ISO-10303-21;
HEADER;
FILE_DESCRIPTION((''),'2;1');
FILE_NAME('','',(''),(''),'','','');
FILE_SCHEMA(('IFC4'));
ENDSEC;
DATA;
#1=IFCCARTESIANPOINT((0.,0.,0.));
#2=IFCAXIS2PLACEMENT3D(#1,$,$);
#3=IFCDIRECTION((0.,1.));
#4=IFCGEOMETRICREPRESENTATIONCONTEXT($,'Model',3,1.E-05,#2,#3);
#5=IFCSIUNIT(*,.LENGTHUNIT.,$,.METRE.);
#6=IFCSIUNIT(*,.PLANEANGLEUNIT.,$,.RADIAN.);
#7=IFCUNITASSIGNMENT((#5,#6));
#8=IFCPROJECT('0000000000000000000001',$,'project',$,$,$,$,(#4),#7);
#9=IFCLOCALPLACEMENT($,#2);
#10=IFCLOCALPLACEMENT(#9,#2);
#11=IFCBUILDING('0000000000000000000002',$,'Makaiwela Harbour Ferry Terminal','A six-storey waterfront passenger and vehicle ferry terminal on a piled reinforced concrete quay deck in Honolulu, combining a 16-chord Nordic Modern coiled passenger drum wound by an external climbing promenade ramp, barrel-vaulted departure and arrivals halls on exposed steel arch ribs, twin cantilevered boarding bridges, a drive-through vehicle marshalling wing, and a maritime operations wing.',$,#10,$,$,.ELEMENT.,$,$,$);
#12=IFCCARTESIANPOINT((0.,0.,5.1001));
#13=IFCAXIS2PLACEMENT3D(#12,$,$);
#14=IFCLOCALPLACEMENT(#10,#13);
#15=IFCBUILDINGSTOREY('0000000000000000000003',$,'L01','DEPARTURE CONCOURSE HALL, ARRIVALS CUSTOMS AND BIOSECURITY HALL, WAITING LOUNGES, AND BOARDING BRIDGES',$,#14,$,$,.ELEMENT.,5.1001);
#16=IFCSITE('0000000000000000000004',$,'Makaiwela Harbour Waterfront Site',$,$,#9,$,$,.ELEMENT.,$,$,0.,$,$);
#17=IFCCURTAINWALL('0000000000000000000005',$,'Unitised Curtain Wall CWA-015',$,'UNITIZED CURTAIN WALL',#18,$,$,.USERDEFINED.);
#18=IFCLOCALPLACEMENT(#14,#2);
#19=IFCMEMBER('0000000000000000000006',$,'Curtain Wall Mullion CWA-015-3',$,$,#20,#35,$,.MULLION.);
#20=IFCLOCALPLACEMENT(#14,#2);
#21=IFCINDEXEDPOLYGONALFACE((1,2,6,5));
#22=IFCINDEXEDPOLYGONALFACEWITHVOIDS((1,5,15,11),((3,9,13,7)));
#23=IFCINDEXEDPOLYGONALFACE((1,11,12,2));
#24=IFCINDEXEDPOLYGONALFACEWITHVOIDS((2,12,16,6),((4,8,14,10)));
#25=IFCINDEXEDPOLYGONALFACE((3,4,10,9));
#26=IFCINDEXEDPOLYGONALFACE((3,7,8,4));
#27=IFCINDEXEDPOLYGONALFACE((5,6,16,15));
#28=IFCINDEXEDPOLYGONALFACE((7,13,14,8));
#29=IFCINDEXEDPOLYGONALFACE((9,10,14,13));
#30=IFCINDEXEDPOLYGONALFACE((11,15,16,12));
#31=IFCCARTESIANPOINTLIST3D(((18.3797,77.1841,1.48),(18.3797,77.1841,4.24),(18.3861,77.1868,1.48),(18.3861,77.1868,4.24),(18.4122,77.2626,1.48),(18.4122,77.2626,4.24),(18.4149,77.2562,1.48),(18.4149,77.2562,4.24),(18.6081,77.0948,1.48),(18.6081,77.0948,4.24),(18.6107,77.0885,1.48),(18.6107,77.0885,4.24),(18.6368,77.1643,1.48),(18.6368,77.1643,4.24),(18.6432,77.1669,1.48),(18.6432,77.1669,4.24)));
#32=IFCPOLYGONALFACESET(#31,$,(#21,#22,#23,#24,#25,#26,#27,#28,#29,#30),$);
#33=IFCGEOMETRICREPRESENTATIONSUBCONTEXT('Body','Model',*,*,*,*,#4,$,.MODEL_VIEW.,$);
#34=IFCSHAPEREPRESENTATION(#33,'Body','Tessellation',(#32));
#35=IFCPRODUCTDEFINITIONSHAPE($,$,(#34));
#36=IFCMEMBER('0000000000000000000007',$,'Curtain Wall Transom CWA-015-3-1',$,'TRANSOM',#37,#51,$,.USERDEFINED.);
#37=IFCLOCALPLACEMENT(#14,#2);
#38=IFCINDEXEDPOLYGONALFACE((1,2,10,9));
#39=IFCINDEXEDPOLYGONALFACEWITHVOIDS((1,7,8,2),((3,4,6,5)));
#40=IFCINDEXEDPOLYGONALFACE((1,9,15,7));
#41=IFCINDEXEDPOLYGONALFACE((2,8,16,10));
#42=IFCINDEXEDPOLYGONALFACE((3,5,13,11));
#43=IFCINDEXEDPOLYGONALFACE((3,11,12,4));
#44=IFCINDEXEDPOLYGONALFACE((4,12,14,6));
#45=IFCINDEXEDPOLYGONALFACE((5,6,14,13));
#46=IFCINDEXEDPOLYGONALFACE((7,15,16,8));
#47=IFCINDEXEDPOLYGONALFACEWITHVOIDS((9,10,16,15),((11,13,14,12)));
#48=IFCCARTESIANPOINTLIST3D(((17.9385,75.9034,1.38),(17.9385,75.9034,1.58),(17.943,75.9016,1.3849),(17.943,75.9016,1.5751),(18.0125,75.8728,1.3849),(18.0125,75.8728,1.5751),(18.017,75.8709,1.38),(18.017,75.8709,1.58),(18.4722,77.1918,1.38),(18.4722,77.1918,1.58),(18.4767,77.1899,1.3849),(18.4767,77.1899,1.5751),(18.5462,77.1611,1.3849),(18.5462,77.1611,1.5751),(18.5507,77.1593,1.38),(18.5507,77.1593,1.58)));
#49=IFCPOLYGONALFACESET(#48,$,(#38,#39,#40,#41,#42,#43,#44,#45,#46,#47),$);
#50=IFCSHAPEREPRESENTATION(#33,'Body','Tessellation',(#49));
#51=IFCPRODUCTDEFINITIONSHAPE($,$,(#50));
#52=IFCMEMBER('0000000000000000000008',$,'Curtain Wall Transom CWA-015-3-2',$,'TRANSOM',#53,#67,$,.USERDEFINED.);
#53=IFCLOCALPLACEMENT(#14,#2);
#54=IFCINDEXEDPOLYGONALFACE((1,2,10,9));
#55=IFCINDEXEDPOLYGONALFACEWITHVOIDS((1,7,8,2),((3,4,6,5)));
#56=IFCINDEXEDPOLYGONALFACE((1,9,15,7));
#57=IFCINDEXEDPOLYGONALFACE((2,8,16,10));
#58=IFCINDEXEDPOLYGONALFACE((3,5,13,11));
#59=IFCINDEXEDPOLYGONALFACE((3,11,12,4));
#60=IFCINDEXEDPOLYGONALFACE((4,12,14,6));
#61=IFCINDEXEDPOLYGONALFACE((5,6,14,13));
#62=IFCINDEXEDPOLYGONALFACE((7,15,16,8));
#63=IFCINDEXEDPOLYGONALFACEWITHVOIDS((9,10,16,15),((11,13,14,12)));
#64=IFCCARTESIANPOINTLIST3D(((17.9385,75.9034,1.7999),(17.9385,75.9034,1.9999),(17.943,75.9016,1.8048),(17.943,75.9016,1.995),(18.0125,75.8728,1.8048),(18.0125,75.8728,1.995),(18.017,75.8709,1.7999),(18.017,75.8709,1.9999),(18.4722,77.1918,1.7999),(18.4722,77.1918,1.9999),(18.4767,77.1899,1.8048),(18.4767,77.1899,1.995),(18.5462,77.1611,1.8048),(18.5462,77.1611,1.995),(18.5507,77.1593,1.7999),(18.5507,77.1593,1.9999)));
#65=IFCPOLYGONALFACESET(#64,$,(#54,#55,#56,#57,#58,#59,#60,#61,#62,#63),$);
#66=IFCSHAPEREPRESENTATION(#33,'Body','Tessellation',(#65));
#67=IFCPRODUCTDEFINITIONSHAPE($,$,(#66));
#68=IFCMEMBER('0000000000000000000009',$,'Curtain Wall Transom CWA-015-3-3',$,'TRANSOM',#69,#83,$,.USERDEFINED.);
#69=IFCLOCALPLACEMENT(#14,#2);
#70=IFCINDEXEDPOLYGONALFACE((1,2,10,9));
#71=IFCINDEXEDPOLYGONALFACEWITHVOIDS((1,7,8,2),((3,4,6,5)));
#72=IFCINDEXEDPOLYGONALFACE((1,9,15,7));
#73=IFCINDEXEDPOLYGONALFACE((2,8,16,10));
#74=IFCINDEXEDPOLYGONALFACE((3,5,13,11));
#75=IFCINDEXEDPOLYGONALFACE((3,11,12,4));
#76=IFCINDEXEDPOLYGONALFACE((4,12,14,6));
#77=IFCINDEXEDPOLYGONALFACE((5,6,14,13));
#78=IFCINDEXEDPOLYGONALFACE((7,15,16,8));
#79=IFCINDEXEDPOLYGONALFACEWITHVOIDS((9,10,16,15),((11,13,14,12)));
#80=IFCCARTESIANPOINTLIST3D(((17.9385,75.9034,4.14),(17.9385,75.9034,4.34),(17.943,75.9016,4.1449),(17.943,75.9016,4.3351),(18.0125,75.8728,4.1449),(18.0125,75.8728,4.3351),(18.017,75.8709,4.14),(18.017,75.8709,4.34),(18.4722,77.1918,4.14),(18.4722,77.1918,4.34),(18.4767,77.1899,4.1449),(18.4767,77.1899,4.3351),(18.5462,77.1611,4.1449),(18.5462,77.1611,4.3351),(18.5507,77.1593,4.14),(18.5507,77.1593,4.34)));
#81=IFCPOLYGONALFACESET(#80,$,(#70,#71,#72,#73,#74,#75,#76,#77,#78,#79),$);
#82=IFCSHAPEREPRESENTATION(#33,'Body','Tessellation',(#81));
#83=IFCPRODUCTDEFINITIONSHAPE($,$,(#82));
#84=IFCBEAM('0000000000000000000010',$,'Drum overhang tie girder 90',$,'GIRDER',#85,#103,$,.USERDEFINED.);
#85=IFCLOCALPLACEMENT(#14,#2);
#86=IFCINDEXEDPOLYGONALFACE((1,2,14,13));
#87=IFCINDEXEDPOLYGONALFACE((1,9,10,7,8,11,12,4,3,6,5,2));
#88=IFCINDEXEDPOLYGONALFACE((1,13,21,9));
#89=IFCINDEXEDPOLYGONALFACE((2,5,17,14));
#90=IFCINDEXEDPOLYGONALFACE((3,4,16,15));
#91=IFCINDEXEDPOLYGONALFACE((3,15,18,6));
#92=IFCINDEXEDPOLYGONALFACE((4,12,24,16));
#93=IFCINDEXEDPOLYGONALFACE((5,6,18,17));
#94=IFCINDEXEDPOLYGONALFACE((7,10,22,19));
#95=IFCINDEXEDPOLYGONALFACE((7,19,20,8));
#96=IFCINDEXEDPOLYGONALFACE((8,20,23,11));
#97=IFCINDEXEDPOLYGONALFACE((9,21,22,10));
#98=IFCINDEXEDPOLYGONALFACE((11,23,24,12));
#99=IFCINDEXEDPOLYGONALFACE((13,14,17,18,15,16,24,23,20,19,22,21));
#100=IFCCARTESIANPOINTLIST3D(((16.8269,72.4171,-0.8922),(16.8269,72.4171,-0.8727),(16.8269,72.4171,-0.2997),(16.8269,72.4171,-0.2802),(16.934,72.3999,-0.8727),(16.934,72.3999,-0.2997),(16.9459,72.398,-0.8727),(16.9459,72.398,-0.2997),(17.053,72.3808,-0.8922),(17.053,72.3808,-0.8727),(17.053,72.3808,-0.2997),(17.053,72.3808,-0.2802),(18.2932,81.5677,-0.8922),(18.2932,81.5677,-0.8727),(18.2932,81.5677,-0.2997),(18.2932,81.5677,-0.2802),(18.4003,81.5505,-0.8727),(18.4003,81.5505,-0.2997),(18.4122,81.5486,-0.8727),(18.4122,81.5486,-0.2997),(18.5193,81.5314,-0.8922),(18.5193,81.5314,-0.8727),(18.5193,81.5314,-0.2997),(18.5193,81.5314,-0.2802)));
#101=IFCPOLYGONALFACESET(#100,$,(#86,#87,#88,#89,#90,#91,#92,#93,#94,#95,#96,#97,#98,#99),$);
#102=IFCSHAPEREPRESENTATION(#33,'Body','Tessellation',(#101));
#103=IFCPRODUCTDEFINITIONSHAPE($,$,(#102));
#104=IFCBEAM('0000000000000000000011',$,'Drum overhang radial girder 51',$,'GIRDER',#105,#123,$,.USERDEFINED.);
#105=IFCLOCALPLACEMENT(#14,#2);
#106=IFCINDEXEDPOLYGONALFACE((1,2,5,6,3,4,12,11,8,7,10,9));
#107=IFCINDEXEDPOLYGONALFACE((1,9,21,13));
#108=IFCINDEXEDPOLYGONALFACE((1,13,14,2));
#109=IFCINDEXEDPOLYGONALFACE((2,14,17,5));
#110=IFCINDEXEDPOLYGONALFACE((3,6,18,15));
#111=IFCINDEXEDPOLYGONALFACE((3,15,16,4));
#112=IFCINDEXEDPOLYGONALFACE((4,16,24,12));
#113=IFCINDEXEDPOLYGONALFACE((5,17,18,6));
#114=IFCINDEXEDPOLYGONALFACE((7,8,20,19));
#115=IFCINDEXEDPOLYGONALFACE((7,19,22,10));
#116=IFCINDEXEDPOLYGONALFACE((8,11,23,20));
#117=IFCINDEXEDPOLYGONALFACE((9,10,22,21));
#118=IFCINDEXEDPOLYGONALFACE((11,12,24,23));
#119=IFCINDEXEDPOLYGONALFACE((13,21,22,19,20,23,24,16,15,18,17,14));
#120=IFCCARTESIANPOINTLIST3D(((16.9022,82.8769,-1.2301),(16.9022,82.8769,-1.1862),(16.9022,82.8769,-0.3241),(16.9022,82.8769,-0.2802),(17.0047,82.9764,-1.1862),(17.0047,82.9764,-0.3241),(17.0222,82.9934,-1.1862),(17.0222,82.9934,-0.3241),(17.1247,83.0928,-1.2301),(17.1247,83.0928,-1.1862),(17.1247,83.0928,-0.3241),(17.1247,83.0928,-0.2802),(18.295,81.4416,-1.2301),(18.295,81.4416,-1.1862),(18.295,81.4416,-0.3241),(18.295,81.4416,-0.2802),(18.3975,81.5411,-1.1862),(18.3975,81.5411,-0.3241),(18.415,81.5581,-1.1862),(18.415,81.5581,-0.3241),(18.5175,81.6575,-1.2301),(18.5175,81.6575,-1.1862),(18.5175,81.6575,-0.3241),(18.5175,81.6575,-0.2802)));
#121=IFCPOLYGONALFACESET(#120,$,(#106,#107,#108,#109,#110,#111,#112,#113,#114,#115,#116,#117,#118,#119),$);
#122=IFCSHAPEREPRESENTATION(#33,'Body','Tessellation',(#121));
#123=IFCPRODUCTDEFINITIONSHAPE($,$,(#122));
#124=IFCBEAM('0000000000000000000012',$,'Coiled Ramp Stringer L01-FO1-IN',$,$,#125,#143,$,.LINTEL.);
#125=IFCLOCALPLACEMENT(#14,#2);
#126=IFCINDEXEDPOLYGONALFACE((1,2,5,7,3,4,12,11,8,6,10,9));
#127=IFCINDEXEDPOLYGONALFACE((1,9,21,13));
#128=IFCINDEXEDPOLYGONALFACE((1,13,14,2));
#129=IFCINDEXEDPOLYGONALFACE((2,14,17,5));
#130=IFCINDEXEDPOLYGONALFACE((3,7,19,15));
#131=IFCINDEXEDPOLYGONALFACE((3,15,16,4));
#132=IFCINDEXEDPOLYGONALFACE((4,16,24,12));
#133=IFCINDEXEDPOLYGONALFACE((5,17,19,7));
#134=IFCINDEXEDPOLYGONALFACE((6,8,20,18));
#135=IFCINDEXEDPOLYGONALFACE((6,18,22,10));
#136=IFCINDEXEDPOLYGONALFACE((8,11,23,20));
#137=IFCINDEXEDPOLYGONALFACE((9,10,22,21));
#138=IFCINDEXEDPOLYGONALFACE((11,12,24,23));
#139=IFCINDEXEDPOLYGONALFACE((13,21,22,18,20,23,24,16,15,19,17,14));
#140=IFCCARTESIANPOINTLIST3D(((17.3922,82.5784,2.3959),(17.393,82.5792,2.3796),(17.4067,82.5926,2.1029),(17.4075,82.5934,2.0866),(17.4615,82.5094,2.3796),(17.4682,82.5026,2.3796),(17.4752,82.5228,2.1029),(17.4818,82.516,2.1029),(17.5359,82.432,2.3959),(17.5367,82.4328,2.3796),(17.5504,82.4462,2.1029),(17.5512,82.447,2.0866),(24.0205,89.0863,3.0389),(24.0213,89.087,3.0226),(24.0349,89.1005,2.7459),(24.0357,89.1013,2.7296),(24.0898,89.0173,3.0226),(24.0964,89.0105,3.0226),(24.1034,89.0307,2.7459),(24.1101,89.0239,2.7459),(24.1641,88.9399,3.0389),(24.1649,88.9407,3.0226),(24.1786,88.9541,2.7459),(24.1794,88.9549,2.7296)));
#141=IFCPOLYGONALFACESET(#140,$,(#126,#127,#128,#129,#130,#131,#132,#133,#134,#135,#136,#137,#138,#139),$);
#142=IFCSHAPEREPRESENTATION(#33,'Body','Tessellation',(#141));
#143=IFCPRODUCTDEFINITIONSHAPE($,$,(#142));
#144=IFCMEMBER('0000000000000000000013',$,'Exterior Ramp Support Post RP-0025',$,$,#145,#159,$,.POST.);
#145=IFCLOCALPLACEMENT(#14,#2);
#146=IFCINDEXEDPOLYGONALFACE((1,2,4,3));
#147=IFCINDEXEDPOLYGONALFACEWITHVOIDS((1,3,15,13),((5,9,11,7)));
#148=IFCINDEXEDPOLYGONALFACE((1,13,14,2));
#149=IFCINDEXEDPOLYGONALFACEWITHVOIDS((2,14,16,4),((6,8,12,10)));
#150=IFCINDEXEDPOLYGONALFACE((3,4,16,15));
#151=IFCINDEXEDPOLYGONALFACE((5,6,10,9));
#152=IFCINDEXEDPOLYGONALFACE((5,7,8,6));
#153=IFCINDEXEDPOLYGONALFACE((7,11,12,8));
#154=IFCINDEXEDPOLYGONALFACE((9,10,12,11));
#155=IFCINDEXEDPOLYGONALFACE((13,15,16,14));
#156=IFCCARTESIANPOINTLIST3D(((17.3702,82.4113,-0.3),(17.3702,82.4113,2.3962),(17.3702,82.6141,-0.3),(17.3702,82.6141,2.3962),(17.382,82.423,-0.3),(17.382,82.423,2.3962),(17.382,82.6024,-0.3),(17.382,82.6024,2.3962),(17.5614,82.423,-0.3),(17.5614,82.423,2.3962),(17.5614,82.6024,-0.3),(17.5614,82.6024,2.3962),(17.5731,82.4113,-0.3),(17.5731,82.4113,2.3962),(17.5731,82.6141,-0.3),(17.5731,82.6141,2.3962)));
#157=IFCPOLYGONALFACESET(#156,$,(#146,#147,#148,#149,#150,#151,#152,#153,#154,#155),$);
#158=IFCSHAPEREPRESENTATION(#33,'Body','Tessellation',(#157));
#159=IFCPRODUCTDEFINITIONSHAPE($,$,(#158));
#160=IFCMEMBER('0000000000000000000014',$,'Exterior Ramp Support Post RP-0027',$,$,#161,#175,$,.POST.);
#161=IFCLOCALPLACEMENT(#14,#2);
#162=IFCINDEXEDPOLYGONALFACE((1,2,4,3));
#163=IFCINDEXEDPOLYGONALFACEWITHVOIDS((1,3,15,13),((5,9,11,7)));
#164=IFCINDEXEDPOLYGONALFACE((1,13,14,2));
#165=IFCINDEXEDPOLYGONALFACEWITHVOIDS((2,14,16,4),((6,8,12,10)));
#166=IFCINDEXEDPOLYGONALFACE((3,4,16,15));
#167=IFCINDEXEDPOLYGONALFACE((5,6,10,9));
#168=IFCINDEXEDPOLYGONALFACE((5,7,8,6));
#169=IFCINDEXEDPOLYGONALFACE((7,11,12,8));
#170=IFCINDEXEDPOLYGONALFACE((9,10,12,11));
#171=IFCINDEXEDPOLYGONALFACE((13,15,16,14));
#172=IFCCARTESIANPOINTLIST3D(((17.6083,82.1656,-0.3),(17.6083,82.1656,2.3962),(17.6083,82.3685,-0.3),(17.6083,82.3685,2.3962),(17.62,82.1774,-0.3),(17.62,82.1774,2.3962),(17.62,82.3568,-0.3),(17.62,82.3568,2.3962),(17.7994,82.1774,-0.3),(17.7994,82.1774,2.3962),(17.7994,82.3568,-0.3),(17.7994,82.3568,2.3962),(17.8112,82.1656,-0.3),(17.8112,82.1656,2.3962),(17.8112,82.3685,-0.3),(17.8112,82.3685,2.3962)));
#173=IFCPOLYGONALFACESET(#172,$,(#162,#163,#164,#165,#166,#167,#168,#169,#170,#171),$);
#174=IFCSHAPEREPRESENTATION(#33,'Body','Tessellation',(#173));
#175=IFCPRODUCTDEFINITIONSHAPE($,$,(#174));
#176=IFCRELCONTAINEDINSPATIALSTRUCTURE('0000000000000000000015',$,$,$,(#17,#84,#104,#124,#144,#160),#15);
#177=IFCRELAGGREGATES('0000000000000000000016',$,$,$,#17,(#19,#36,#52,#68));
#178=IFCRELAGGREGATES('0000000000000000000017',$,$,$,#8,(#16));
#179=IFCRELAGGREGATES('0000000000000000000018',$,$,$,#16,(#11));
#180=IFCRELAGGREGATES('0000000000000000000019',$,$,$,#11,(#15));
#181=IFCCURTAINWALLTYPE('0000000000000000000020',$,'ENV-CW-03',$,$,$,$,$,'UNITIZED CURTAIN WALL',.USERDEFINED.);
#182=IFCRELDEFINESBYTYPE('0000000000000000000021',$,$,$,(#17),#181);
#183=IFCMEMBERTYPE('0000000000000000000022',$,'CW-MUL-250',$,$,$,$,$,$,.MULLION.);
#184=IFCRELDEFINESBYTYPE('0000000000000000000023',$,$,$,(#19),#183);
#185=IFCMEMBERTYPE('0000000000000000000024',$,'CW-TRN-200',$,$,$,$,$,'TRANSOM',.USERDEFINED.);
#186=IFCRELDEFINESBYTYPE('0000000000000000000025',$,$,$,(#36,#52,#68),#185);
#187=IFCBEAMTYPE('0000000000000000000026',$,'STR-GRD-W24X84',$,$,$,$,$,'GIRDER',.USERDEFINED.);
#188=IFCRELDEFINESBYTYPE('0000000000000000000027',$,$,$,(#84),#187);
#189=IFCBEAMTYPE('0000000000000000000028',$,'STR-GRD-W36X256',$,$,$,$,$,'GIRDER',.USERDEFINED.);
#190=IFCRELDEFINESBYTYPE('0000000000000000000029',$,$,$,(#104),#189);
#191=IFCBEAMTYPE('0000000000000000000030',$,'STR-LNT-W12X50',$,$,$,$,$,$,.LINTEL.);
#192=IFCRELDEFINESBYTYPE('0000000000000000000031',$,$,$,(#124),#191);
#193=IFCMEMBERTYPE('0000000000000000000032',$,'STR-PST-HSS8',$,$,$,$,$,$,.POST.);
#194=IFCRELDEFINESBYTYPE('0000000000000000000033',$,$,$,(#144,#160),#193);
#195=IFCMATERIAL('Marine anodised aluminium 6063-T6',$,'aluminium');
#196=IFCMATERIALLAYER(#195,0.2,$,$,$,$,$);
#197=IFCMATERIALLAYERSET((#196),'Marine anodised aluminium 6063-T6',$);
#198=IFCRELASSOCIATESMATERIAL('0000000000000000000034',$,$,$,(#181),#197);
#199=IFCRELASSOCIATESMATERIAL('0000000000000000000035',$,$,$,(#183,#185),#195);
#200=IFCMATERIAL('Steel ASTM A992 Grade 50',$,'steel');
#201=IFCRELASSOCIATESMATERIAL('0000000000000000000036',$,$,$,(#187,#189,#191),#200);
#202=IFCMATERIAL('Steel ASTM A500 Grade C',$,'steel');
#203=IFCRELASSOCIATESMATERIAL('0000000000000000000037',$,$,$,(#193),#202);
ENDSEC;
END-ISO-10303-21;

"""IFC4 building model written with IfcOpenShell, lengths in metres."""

from ifc_helpers import new_model, si_unit, direction, frame, origin, origin_2d, place, context, subcontext, project, spatial, hollow_rectangle, i_section, extrude, material, layer, layer_set, material_profile, profile_set, type_object, element, aggregate, save


model = new_model("IFC4")

# Units and contexts
model_context = context("Model", 3, precision=1e-05, world=origin(), true_north=direction((0.0, 1.0)))
body_context = subcontext(model_context, "Body", "Model", "MODEL_VIEW")
ifc_project = project(units=[si_unit("LENGTHUNIT", "METRE"), si_unit("PLANEANGLEUNIT", "RADIAN")], contexts=[model_context])

# Site, building, storey
site_placement = place(None, origin())
site = spatial("IfcSite", under=ifc_project, at=site_placement, Name="Makaiwela Harbour Waterfront Site", CompositionType="ELEMENT", RefElevation=0.0)
building_placement = place(site_placement, origin())
building = spatial("IfcBuilding", under=site, at=building_placement, Name="Makaiwela Harbour Ferry Terminal", Description="A six-storey waterfront passenger and vehicle ferry terminal on a piled reinforced concrete quay deck in Honolulu, combining a 16-chord Nordic Modern coiled passenger drum wound by an external climbing promenade ramp, barrel-vaulted departure and arrivals halls on exposed steel arch ribs, twin cantilevered boarding bridges, a drive-through vehicle marshalling wing, and a maritime operations wing.", CompositionType="ELEMENT")
storey_placement = place(building_placement, frame((0.0, 0.0, 5.1001)))
storey = spatial("IfcBuildingStorey", under=building, at=storey_placement, Name="L01", Description="DEPARTURE CONCOURSE HALL, ARRIVALS CUSTOMS AND BIOSECURITY HALL, WAITING LOUNGES, AND BOARDING BRIDGES", CompositionType="ELEMENT", Elevation=5.1001)

# Curtain wall, members
ifc_material_1 = material(Name="Marine anodised aluminium 6063-T6", Category="aluminium")
ifc_layer_1 = layer(ifc_material_1, 0.2)
ifc_layer_set_1 = layer_set([ifc_layer_1], Name="Marine anodised aluminium 6063-T6")
curtain_wall_type = type_object("IfcCurtainWallType", Name="ENV-CW-03", ElementType="UNITIZED CURTAIN WALL", PredefinedType="USERDEFINED", material=ifc_layer_set_1)
curtain_wall_placement = place(storey_placement, origin())
curtain_wall = element("IfcCurtainWall", 1, at=curtain_wall_placement, inside=storey, type_object=curtain_wall_type, Name="Unitised Curtain Wall CWA-015", ObjectType="UNITIZED CURTAIN WALL", PredefinedType="USERDEFINED")
ifc_material_profile_1 = material_profile(ifc_material_1, hollow_rectangle(XDim=0.085, YDim=0.25, WallThickness=0.0049, at=origin_2d()), Name="CWM-250X85")
ifc_profile_set_1 = profile_set([ifc_material_profile_1], Name="Marine anodised aluminium 6063-T6")
member_type_1 = type_object("IfcMemberType", Name="CW-MUL-250", PredefinedType="MULLION", material=ifc_profile_set_1)
member_1_placement = place(storey_placement, frame((18.5115, 77.1755, 1.48), z_axis=(0.0, 0.0, 1.0), x_axis=(0.382683, 0.92388, 0.0)))
member_1 = element("IfcMember", 2, at=member_1_placement, type_object=member_type_1, Name="Curtain Wall Mullion CWA-015-3", PredefinedType="MULLION", context=body_context, shape_type="SweptSolid", body=[
    extrude(hollow_rectangle(XDim=0.085, YDim=0.25, WallThickness=0.0049, at=origin_2d()), origin(), (0.0, 0.0, 1.0), 2.76),
])
ifc_material_profile_2 = material_profile(ifc_material_1, hollow_rectangle(XDim=0.085, YDim=0.2, WallThickness=0.0049, at=origin_2d()), Name="CWT-200X85")
ifc_profile_set_2 = profile_set([ifc_material_profile_2], Name="Marine anodised aluminium 6063-T6")
member_type_2 = type_object("IfcMemberType", Name="CW-TRN-200", ElementType="TRANSOM", PredefinedType="USERDEFINED", material=ifc_profile_set_2)
member_2_placement = place(storey_placement, frame((18.5115, 77.1755, 1.48), z_axis=(-0.382713, -0.923867, 0.0), x_axis=(0.923867, -0.382713, 0.0)))
member_2 = element("IfcMember", 3, at=member_2_placement, type_object=member_type_2, Name="Curtain Wall Transom CWA-015-3-1", ObjectType="TRANSOM", PredefinedType="USERDEFINED", context=body_context, shape_type="SweptSolid", body=[
    extrude(hollow_rectangle(XDim=0.085, YDim=0.2, WallThickness=0.0049, at=origin_2d()), origin(), (0.0, 0.0, 1.0), 1.3945),
])
member_3_placement = place(storey_placement, frame((18.5115, 77.1755, 1.8999), z_axis=(-0.382713, -0.923867, 0.0), x_axis=(0.923867, -0.382713, 0.0)))
member_3 = element("IfcMember", 4, at=member_3_placement, type_object=member_type_2, Name="Curtain Wall Transom CWA-015-3-2", ObjectType="TRANSOM", PredefinedType="USERDEFINED", context=body_context, shape_type="SweptSolid", body=[
    extrude(hollow_rectangle(XDim=0.085, YDim=0.2, WallThickness=0.0049, at=origin_2d()), origin(), (0.0, 0.0, 1.0), 1.3945),
])
member_4_placement = place(storey_placement, frame((18.5115, 77.1755, 4.24), z_axis=(-0.382713, -0.923867, 0.0), x_axis=(0.923867, -0.382713, 0.0)))
member_4 = element("IfcMember", 5, at=member_4_placement, type_object=member_type_2, Name="Curtain Wall Transom CWA-015-3-3", ObjectType="TRANSOM", PredefinedType="USERDEFINED", context=body_context, shape_type="SweptSolid", body=[
    extrude(hollow_rectangle(XDim=0.085, YDim=0.2, WallThickness=0.0049, at=origin_2d()), origin(), (0.0, 0.0, 1.0), 1.3945),
])

# Beams
ifc_material_2 = material(Name="Steel ASTM A992 Grade 50", Category="steel")
ifc_material_profile_3 = material_profile(ifc_material_2, i_section(OverallWidth=0.229, OverallDepth=0.6121, WebThickness=0.012, FlangeThickness=0.0195, at=origin_2d()), Name="W24X84")
ifc_profile_set_3 = profile_set([ifc_material_profile_3], Name="Steel ASTM A992 Grade 50")
beam_type_1 = type_object("IfcBeamType", Name="STR-GRD-W24X84", ElementType="GIRDER", PredefinedType="USERDEFINED", material=ifc_profile_set_3)
beam_1_placement = place(storey_placement, frame((18.4062, 81.5496, -0.5862), z_axis=(-0.158223, -0.987403, 0.0), x_axis=(0.987403, -0.158223, 0.0)))
element("IfcBeam", 6, at=beam_1_placement, inside=storey, type_object=beam_type_1, Name="Drum overhang tie girder 90", ObjectType="GIRDER", PredefinedType="USERDEFINED", context=body_context, shape_type="SweptSolid", body=[
    extrude(i_section(OverallWidth=0.229, OverallDepth=0.6121, WebThickness=0.012, FlangeThickness=0.0195, at=origin_2d()), origin(), (0.0, 0.0, 1.0), 9.2673),
])
ifc_material_profile_4 = material_profile(ifc_material_2, i_section(OverallWidth=0.3101, OverallDepth=0.95, WebThickness=0.0244, FlangeThickness=0.0439, at=origin_2d()), Name="W36X256")
ifc_profile_set_4 = profile_set([ifc_material_profile_4], Name="Steel ASTM A992 Grade 50")
beam_type_2 = type_object("IfcBeamType", Name="STR-GRD-W36X256", ElementType="GIRDER", PredefinedType="USERDEFINED", material=ifc_profile_set_4)
beam_2_placement = place(storey_placement, frame((18.4062, 81.5496, -0.7551), z_axis=(-0.696407, 0.717647, 0.0), x_axis=(-0.717647, -0.696407, 0.0)))
element("IfcBeam", 7, at=beam_2_placement, inside=storey, type_object=beam_type_2, Name="Drum overhang radial girder 51", ObjectType="GIRDER", PredefinedType="USERDEFINED", context=body_context, shape_type="SweptSolid", body=[
    extrude(i_section(OverallWidth=0.3101, OverallDepth=0.95, WebThickness=0.0244, FlangeThickness=0.0439, at=origin_2d()), origin(), (0.0, 0.0, 1.0), 2.0),
])
ifc_material_profile_5 = material_profile(ifc_material_2, i_section(OverallWidth=0.2051, OverallDepth=0.3101, WebThickness=0.0095, FlangeThickness=0.0164, at=origin_2d()), Name="W12X50")
ifc_profile_set_5 = profile_set([ifc_material_profile_5], Name="Steel ASTM A992 Grade 50")
beam_type_3 = type_object("IfcBeamType", Name="STR-LNT-W12X50", PredefinedType="LINTEL", material=ifc_profile_set_5)
beam_3_placement = place(storey_placement, frame((17.4717, 82.5127, 2.2412), z_axis=(0.711852, 0.698925, 0.069064), x_axis=(-0.700598, 0.713556, 0.0)))
element("IfcBeam", 8, at=beam_3_placement, inside=storey, type_object=beam_type_3, Name="Coiled Ramp Stringer L01-FO1-IN", PredefinedType="LINTEL", context=body_context, shape_type="SweptSolid", body=[
    extrude(i_section(OverallWidth=0.2051, OverallDepth=0.3101, WebThickness=0.0095, FlangeThickness=0.0164, at=origin_2d()), origin(), (0.0, 0.0, 1.0), 9.3113),
])

# Members
ifc_material_3 = material(Name="Steel ASTM A500 Grade C", Category="steel")
ifc_material_profile_6 = material_profile(ifc_material_3, hollow_rectangle(XDim=0.2029, YDim=0.2029, WallThickness=0.0117, at=origin_2d()), Name="HSS8X8X1/2")
ifc_profile_set_6 = profile_set([ifc_material_profile_6], Name="Steel ASTM A500 Grade C")
member_type_3 = type_object("IfcMemberType", Name="STR-PST-HSS8", PredefinedType="POST", material=ifc_profile_set_6)
for number, where, z_axis, x_axis, name in (
    (9, (17.4717, 82.5127, -0.3), (0.0, 0.0, 1.0), (1.0, 0.0, 0.0), "Exterior Ramp Support Post RP-0025"),
    (10, (17.7097, 82.2671, -0.3), (0.0, 0.0, 1.0), (1.0, 0.0, 0.0), "Exterior Ramp Support Post RP-0027"),
):
    element("IfcMember", number, at=place(storey_placement, frame(where, z_axis=z_axis, x_axis=x_axis)), inside=storey, type_object=member_type_3, Name=name, PredefinedType="POST", context=body_context, shape_type="SweptSolid", body=[
        extrude(hollow_rectangle(XDim=0.2029, YDim=0.2029, WallThickness=0.0117, at=origin_2d()), origin(), (0.0, 0.0, 1.0), 2.6963),
    ])

aggregate(curtain_wall, [member_1, member_2, member_3, member_4])

save(model, "model.ifc")
